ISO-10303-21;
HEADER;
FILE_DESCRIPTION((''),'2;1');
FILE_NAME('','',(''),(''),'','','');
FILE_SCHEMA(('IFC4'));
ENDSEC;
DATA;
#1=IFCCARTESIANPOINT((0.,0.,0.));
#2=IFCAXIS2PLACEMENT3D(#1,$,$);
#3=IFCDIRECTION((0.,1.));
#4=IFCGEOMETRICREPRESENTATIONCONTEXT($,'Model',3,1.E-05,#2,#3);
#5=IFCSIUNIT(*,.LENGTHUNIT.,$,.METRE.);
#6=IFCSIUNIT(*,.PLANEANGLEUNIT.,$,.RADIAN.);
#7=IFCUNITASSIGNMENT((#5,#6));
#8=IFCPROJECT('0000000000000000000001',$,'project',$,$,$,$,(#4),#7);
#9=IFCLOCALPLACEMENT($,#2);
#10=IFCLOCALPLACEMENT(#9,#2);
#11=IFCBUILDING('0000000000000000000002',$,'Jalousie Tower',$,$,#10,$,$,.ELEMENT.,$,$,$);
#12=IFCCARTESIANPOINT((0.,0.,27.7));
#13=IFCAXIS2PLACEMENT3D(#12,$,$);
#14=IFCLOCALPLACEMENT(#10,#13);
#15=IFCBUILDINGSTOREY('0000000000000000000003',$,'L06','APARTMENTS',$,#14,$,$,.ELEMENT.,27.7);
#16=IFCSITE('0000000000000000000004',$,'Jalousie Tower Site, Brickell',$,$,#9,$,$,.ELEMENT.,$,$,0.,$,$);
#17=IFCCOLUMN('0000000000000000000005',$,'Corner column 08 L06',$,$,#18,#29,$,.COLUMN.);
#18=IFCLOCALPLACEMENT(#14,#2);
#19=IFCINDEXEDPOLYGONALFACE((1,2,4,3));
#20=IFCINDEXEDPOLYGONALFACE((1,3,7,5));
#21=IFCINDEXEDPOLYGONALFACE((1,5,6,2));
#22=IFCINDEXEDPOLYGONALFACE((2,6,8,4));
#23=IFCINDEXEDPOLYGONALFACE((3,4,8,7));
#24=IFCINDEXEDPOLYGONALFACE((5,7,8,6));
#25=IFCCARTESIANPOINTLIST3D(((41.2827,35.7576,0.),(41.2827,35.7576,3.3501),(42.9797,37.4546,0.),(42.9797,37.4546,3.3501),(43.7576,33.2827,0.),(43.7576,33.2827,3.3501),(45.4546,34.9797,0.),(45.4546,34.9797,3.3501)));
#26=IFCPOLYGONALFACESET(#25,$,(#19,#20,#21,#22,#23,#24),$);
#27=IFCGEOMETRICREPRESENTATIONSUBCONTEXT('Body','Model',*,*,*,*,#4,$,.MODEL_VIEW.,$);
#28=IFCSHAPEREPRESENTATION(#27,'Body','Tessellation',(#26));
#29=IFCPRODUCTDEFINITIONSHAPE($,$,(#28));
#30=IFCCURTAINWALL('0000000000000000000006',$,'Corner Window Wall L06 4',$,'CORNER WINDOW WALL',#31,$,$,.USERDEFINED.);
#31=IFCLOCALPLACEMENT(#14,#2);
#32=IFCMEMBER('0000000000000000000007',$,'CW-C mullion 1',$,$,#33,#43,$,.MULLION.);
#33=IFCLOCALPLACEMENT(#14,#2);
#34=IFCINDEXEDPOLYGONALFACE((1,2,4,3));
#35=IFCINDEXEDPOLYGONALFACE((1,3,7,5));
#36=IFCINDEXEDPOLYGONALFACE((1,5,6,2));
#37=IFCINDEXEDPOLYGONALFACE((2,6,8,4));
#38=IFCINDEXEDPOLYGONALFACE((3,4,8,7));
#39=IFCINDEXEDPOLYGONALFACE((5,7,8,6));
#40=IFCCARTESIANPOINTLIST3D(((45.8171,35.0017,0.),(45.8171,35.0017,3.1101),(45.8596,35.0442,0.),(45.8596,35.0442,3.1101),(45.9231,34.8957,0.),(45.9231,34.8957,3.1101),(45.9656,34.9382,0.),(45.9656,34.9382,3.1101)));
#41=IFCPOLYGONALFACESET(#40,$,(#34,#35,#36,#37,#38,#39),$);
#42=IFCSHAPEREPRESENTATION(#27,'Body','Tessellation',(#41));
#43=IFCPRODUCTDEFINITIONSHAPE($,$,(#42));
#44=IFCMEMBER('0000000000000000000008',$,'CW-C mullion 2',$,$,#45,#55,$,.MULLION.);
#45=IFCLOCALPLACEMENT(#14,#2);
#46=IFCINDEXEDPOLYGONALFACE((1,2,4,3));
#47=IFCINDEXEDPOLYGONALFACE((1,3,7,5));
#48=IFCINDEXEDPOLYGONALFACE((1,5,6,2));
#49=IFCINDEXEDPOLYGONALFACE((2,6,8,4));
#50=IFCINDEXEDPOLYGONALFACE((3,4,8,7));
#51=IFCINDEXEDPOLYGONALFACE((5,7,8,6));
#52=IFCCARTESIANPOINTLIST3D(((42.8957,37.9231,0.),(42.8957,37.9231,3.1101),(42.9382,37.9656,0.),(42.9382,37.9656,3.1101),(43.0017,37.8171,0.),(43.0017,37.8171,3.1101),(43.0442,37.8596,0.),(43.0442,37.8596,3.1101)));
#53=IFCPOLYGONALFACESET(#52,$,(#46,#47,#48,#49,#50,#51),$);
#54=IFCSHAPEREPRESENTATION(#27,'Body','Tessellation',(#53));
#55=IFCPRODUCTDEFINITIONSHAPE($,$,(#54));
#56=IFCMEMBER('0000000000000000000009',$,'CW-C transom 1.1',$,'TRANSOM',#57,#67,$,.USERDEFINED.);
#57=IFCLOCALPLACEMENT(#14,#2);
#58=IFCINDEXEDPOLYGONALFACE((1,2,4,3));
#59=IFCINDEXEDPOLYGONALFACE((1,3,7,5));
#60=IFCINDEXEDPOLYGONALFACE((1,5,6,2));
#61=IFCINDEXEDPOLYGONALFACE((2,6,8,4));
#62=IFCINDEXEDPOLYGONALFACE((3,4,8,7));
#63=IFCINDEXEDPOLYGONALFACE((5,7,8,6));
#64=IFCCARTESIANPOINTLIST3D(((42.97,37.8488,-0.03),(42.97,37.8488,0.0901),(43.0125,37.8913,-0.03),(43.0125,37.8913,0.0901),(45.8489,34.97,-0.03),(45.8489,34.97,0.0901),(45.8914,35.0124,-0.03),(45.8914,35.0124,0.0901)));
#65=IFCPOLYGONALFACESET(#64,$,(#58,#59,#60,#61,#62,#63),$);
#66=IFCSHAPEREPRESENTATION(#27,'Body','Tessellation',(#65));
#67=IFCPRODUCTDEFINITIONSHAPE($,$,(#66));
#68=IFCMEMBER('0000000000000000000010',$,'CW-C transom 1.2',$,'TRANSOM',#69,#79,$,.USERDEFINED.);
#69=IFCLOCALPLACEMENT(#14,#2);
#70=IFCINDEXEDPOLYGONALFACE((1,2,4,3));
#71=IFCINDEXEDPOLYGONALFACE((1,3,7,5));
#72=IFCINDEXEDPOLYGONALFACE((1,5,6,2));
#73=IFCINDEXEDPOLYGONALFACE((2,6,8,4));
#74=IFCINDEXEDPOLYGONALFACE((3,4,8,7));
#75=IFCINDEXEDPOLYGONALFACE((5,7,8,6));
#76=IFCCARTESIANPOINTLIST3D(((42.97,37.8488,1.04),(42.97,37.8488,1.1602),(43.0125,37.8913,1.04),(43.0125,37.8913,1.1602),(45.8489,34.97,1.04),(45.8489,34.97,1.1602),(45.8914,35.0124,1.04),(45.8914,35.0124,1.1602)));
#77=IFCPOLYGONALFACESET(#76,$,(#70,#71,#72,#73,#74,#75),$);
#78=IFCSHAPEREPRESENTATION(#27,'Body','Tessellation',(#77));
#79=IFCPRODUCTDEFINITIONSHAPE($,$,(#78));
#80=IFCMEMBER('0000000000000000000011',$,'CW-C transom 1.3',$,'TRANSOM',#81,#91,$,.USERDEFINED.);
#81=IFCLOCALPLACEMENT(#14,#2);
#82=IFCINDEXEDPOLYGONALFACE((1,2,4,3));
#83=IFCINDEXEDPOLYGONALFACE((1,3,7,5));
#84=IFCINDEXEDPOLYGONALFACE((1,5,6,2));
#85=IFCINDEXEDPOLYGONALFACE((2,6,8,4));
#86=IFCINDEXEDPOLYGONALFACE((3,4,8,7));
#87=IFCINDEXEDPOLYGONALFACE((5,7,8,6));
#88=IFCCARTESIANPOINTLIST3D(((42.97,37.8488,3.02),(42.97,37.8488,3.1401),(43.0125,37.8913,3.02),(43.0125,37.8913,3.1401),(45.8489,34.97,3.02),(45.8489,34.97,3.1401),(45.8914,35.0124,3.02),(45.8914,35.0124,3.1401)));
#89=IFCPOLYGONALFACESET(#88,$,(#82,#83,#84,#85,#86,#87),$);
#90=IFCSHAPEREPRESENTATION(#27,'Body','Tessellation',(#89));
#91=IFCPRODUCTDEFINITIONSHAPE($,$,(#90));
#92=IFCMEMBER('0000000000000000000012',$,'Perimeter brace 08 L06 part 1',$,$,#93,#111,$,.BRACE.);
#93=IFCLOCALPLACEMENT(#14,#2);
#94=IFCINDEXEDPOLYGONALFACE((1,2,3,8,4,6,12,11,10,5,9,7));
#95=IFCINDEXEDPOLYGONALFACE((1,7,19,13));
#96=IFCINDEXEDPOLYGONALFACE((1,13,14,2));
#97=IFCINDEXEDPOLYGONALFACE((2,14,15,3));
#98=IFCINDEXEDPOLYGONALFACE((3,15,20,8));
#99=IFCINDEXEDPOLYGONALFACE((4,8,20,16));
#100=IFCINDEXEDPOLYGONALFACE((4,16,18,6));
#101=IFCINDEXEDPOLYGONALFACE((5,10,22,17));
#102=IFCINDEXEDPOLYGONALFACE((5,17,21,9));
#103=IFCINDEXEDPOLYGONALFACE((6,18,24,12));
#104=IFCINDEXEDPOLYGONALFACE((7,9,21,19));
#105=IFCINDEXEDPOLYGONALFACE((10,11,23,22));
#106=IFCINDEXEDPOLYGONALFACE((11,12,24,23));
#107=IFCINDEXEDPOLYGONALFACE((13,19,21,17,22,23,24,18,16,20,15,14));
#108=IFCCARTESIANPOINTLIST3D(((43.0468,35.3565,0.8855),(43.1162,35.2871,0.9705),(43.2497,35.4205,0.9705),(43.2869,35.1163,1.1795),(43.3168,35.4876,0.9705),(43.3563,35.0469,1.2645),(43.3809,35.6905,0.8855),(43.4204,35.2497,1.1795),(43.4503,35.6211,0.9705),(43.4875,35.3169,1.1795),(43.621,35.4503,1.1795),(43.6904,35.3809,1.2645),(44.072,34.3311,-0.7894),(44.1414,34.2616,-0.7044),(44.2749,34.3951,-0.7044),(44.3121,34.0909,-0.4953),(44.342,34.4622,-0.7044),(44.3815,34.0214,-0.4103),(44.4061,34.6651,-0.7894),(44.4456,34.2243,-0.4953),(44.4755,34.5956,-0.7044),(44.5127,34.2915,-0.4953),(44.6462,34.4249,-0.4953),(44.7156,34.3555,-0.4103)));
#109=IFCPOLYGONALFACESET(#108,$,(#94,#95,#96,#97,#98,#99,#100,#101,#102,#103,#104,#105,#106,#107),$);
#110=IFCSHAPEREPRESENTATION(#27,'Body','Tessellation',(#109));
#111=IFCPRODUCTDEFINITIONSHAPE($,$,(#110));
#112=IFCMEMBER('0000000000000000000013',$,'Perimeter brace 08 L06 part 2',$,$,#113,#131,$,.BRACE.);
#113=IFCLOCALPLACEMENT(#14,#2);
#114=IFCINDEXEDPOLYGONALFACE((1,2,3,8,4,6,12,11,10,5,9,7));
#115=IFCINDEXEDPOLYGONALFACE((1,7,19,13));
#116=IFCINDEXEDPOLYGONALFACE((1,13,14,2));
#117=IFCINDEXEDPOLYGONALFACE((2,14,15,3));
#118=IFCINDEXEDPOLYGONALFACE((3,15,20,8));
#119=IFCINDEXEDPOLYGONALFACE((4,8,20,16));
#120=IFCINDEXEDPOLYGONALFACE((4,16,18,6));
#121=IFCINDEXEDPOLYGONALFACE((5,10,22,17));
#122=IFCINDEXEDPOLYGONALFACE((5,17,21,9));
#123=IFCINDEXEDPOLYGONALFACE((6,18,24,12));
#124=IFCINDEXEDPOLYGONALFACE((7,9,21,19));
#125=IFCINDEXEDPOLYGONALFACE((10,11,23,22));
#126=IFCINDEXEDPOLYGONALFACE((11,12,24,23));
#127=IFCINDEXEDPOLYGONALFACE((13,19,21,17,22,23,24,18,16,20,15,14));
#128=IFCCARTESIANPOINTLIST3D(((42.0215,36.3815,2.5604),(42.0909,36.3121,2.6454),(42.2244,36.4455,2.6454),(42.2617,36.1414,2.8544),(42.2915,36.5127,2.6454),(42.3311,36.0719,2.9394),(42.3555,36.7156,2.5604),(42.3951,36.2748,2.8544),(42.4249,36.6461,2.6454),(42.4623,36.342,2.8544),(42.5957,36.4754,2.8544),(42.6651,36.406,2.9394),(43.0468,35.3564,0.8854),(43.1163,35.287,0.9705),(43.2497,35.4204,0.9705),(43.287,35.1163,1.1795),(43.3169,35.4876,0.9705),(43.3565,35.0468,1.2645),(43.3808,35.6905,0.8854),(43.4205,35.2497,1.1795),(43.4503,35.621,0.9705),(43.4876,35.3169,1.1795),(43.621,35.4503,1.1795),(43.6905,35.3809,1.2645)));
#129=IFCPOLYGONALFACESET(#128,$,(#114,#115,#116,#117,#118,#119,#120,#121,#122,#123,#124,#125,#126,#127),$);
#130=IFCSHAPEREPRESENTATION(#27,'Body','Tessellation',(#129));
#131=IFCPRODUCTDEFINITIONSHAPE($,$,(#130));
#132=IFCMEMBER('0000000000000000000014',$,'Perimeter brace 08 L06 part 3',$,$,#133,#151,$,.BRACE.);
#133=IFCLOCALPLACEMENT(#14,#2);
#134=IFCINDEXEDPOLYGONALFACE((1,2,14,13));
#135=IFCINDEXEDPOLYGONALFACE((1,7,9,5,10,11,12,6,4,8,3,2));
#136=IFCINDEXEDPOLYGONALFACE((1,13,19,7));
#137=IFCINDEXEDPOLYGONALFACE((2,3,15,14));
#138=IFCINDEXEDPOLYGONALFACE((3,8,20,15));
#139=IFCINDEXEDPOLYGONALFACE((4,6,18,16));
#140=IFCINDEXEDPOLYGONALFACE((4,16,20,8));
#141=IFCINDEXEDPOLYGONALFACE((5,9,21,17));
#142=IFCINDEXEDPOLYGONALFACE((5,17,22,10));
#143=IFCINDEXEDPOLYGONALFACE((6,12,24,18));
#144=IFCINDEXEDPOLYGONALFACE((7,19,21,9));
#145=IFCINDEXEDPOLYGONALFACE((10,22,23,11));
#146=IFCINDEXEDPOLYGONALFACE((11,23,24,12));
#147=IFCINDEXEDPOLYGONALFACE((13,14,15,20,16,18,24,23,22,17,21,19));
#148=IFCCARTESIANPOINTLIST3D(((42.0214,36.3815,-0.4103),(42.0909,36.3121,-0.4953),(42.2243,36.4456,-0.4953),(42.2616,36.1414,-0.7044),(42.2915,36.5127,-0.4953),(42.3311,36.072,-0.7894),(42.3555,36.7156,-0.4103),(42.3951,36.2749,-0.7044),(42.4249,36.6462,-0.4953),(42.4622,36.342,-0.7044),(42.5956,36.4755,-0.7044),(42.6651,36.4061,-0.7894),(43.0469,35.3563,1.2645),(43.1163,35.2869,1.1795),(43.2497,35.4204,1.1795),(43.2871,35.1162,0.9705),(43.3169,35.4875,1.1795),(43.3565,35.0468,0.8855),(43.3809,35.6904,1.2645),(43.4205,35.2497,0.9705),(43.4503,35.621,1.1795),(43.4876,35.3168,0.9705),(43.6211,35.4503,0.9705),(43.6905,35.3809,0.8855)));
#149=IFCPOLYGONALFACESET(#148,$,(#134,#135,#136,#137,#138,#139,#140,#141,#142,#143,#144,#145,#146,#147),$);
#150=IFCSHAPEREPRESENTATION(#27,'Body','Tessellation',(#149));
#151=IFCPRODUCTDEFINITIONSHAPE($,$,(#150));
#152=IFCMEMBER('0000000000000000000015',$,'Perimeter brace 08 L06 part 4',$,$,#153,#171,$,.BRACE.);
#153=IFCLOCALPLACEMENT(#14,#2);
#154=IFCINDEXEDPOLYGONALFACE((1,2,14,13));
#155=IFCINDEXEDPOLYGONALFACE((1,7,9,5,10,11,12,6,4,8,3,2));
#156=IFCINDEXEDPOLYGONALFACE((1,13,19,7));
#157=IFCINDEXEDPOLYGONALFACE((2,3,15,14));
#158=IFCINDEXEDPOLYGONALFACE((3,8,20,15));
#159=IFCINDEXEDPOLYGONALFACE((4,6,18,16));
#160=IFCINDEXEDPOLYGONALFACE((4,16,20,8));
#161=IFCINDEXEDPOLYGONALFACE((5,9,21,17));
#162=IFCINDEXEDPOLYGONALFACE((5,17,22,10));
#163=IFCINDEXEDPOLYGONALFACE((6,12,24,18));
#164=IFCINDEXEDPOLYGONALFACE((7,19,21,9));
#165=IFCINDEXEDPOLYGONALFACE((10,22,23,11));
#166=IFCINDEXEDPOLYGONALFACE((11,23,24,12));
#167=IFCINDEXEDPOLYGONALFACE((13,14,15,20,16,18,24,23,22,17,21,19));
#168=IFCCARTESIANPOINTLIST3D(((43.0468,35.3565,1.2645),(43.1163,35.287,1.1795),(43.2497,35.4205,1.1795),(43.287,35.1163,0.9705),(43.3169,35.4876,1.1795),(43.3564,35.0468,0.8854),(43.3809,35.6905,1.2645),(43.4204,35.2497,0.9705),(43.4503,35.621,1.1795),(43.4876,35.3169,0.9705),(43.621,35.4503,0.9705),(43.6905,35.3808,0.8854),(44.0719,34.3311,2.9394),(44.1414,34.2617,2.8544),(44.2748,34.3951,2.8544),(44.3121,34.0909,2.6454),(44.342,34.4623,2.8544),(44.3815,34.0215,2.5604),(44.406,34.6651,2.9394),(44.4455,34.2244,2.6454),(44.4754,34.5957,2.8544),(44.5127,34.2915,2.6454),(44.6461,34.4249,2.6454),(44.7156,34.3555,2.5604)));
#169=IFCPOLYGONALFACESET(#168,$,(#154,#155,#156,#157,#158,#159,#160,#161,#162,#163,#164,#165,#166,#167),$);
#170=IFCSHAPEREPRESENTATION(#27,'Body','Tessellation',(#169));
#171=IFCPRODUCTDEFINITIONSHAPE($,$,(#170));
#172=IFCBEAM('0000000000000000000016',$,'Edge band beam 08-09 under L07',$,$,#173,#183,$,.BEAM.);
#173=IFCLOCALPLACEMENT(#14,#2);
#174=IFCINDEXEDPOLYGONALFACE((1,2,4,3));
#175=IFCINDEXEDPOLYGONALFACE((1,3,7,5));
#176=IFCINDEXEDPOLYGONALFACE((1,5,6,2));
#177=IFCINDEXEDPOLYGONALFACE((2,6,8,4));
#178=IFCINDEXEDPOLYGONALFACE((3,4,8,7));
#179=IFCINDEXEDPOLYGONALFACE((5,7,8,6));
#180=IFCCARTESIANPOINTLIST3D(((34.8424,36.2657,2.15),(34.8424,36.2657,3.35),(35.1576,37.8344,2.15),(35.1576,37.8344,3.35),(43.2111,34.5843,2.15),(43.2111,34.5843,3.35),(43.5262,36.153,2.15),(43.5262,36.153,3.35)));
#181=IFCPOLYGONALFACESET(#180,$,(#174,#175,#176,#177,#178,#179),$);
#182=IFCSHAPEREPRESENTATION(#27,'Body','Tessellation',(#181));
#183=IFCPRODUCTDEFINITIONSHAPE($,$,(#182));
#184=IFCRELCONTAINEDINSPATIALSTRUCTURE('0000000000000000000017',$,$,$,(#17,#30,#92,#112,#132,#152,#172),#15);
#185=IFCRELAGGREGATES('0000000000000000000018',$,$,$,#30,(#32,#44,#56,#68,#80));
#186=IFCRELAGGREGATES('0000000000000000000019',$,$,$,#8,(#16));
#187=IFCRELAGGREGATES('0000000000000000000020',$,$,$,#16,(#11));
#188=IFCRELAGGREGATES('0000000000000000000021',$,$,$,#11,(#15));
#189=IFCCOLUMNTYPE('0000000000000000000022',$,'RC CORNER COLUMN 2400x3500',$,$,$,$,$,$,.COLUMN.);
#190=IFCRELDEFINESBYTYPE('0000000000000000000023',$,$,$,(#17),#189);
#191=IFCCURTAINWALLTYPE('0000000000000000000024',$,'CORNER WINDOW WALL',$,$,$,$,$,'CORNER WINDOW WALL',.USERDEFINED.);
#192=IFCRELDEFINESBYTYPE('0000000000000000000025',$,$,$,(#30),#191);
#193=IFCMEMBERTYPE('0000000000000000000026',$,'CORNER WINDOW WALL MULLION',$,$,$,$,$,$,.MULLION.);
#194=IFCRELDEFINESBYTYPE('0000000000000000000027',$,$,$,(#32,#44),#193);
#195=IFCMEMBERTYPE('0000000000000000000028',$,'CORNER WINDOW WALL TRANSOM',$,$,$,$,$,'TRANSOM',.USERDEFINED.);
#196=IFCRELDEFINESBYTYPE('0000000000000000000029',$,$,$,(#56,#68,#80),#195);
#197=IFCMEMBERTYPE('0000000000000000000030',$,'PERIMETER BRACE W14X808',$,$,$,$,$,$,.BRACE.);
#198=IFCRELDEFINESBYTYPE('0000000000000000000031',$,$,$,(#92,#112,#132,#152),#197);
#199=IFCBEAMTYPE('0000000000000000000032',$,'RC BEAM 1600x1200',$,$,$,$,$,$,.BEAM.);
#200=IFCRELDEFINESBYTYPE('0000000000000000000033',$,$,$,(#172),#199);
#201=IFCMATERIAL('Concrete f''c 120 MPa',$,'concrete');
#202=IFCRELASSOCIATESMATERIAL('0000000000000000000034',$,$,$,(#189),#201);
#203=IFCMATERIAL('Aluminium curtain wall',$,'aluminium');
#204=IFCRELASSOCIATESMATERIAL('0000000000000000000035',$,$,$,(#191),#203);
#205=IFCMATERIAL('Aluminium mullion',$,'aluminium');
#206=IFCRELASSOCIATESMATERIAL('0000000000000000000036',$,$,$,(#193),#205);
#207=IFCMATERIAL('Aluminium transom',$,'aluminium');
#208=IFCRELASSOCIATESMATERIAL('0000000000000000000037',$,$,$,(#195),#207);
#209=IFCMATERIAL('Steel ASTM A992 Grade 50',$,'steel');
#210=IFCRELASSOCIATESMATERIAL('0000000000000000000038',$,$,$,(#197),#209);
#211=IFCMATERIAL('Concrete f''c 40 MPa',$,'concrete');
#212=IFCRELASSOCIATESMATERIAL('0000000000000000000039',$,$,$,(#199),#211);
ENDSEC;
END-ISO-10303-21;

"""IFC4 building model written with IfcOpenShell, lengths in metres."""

from ifc_helpers import new_model, si_unit, direction, frame, origin, origin_2d, place, context, subcontext, project, spatial, rectangle, i_section, extrude, material, material_profile, profile_set, type_object, element, aggregate, save


model = new_model("IFC4")

# Units and contexts
model_context = context("Model", 3, precision=1e-05, world=origin(), true_north=direction((0.0, 1.0)))
body_context = subcontext(model_context, "Body", "Model", "MODEL_VIEW")
ifc_project = project(units=[si_unit("LENGTHUNIT", "METRE"), si_unit("PLANEANGLEUNIT", "RADIAN")], contexts=[model_context])

# Site, building, storey
site_placement = place(None, origin())
site = spatial("IfcSite", under=ifc_project, at=site_placement, Name="Jalousie Tower Site, Brickell", CompositionType="ELEMENT", RefElevation=0.0)
building_placement = place(site_placement, origin())
building = spatial("IfcBuilding", under=site, at=building_placement, Name="Jalousie Tower", CompositionType="ELEMENT")
storey_placement = place(building_placement, frame((0.0, 0.0, 27.7)))
storey = spatial("IfcBuildingStorey", under=building, at=storey_placement, Name="L06", Description="APARTMENTS", CompositionType="ELEMENT", Elevation=27.7)

# Column
ifc_material_1 = material(Name="Concrete f'c 120 MPa", Category="concrete")
ifc_material_profile_1 = material_profile(ifc_material_1, rectangle(XDim=2.3999, YDim=3.5, at=origin_2d()), Name="RC 2400x3500")
ifc_profile_set_1 = profile_set([ifc_material_profile_1], Name="Concrete f'c 120 MPa")
column_type = type_object("IfcColumnType", Name="RC CORNER COLUMN 2400x3500", PredefinedType="COLUMN", material=ifc_profile_set_1)
column_placement = place(storey_placement, frame((43.3687, 35.3687, 0.0), z_axis=(0.0, 0.0, 1.0), x_axis=(-0.707107, -0.707107, 0.0)))
element("IfcColumn", 1, at=column_placement, inside=storey, type_object=column_type, Name="Corner column 08 L06", PredefinedType="COLUMN", context=body_context, shape_type="SweptSolid", body=[
    extrude(rectangle(XDim=2.3999, YDim=3.5, at=origin_2d()), origin(), (0.0, 0.0, 1.0), 3.3501),
])

# Curtain wall, members
ifc_material_2 = material(Name="Aluminium curtain wall", Category="aluminium")
curtain_wall_type_1 = type_object("IfcCurtainWallType", Name="CORNER WINDOW WALL", ElementType="CORNER WINDOW WALL", PredefinedType="USERDEFINED", material=ifc_material_2)
curtain_wall_1_placement = place(storey_placement, origin())
curtain_wall_1 = element("IfcCurtainWall", 2, at=curtain_wall_1_placement, inside=storey, type_object=curtain_wall_type_1, Name="Corner Window Wall L06 4", ObjectType="CORNER WINDOW WALL", PredefinedType="USERDEFINED")
ifc_material_3 = material(Name="Aluminium mullion", Category="aluminium")
ifc_material_profile_2 = material_profile(ifc_material_3, rectangle(XDim=0.0601, YDim=0.1499, at=origin_2d()), Name="MULLION 60x150")
ifc_profile_set_2 = profile_set([ifc_material_profile_2], Name="Aluminium mullion")
member_type_1 = type_object("IfcMemberType", Name="CORNER WINDOW WALL MULLION", PredefinedType="MULLION", material=ifc_profile_set_2)
member_1_placement = place(storey_placement, frame((45.8914, 34.97, 0.0), z_axis=(0.0, 0.0, 1.0), x_axis=(-0.707107, -0.707107, 0.0)))
member_1 = element("IfcMember", 3, at=member_1_placement, type_object=member_type_1, Name="CW-C mullion 1", PredefinedType="MULLION", context=body_context, shape_type="SweptSolid", body=[
    extrude(rectangle(XDim=0.0601, YDim=0.1499, at=origin_2d()), origin(), (0.0, 0.0, 1.0), 3.1101),
])
member_2_placement = place(storey_placement, frame((42.97, 37.8914, 0.0), z_axis=(0.0, 0.0, 1.0), x_axis=(-0.707107, -0.707107, 0.0)))
member_2 = element("IfcMember", 4, at=member_2_placement, type_object=member_type_1, Name="CW-C mullion 2", PredefinedType="MULLION", context=body_context, shape_type="SweptSolid", body=[
    extrude(rectangle(XDim=0.0601, YDim=0.1499, at=origin_2d()), origin(), (0.0, 0.0, 1.0), 3.1101),
])
ifc_material_4 = material(Name="Aluminium transom", Category="aluminium")
ifc_material_profile_3 = material_profile(ifc_material_4, rectangle(XDim=0.0601, YDim=0.1201, at=origin_2d()), Name="TRANSOM 60x120")
ifc_profile_set_3 = profile_set([ifc_material_profile_3], Name="Aluminium transom")
member_type_2 = type_object("IfcMemberType", Name="CORNER WINDOW WALL TRANSOM", ElementType="TRANSOM", PredefinedType="USERDEFINED", material=ifc_profile_set_3)
member_3_placement = place(storey_placement, frame((45.8701, 34.9912, 0.03), z_axis=(-0.707107, 0.707107, 0.0), x_axis=(-0.707107, -0.707107, 0.0)))
member_3 = element("IfcMember", 5, at=member_3_placement, type_object=member_type_2, Name="CW-C transom 1.1", ObjectType="TRANSOM", PredefinedType="USERDEFINED", context=body_context, shape_type="SweptSolid", body=[
    extrude(rectangle(XDim=0.0601, YDim=0.1201, at=origin_2d()), origin(), (0.0, 0.0, 1.0), 4.0713),
])
member_4_placement = place(storey_placement, frame((45.8701, 34.9912, 1.1001), z_axis=(-0.707107, 0.707107, 0.0), x_axis=(-0.707107, -0.707107, 0.0)))
member_4 = element("IfcMember", 6, at=member_4_placement, type_object=member_type_2, Name="CW-C transom 1.2", ObjectType="TRANSOM", PredefinedType="USERDEFINED", context=body_context, shape_type="SweptSolid", body=[
    extrude(rectangle(XDim=0.0601, YDim=0.1201, at=origin_2d()), origin(), (0.0, 0.0, 1.0), 4.0713),
])
member_5_placement = place(storey_placement, frame((45.8701, 34.9912, 3.0801), z_axis=(-0.707107, 0.707107, 0.0), x_axis=(-0.707107, -0.707107, 0.0)))
member_5 = element("IfcMember", 7, at=member_5_placement, type_object=member_type_2, Name="CW-C transom 1.3", ObjectType="TRANSOM", PredefinedType="USERDEFINED", context=body_context, shape_type="SweptSolid", body=[
    extrude(rectangle(XDim=0.0601, YDim=0.1201, at=origin_2d()), origin(), (0.0, 0.0, 1.0), 4.0713),
])

# Members
ifc_material_5 = material(Name="Steel ASTM A992 Grade 50", Category="steel")
ifc_material_profile_4 = material_profile(ifc_material_5, i_section(OverallWidth=0.4724, OverallDepth=0.5791, WebThickness=0.095, FlangeThickness=0.1299, at=origin_2d()), Name="W14X808")
ifc_profile_set_4 = profile_set([ifc_material_profile_4], Name="Steel ASTM A992 Grade 50")
member_type_3 = type_object("IfcMemberType", Name="PERIMETER BRACE W14X808", PredefinedType="BRACE", material=ifc_profile_set_4)
for number, where, z_axis, x_axis, name in (
    (8, (44.3938, 34.3433, -0.5999), (-0.462768, 0.462879, 0.756035), (-0.707191, -0.707023, 0.0), "Perimeter brace 08 L06 part 1"),
    (9, (43.3687, 35.3687, 1.075), (-0.46284, 0.46273, 0.756082), (-0.707023, -0.707191, 0.0), "Perimeter brace 08 L06 part 2"),
    (10, (42.3433, 36.3938, -0.5999), (0.462879, -0.462768, 0.756035), (0.707023, 0.707191, 0.0), "Perimeter brace 08 L06 part 3"),
    (11, (43.3687, 35.3687, 1.075), (0.46273, -0.46284, 0.756082), (0.707191, 0.707023, 0.0), "Perimeter brace 08 L06 part 4"),
):
    element("IfcMember", number, at=place(storey_placement, frame(where, z_axis=z_axis, x_axis=x_axis)), inside=storey, type_object=member_type_3, Name=name, PredefinedType="BRACE", context=body_context, shape_type="SweptSolid", body=[
        extrude(i_section(OverallWidth=0.4724, OverallDepth=0.5791, WebThickness=0.095, FlangeThickness=0.1299, at=origin_2d()), origin(), (0.0, 0.0, 1.0), 2.2153),
    ])

# Beam
ifc_material_6 = material(Name="Concrete f'c 40 MPa", Category="concrete")
ifc_material_profile_5 = material_profile(ifc_material_6, rectangle(XDim=1.6001, YDim=1.2, at=origin_2d()), Name="RC 1600x1200")
ifc_profile_set_5 = profile_set([ifc_material_profile_5], Name="Concrete f'c 40 MPa")
beam_type_1 = type_object("IfcBeamType", Name="RC BEAM 1600x1200", PredefinedType="BEAM", material=ifc_profile_set_5)
beam_1_placement = place(storey_placement, frame((43.3687, 35.3687, 2.75), z_axis=(-0.980408, 0.19698, 0.0), x_axis=(-0.19698, -0.980408, 0.0)))
element("IfcBeam", 12, at=beam_1_placement, inside=storey, type_object=beam_type_1, Name="Edge band beam 08-09 under L07", PredefinedType="BEAM", context=body_context, shape_type="SweptSolid", body=[
    extrude(rectangle(XDim=1.6001, YDim=1.2, at=origin_2d()), origin(), (0.0, 0.0, 1.0), 8.5359),
])

aggregate(curtain_wall_1, [member_1, member_2, member_3, member_4, member_5])

save(model, "model.ifc")
